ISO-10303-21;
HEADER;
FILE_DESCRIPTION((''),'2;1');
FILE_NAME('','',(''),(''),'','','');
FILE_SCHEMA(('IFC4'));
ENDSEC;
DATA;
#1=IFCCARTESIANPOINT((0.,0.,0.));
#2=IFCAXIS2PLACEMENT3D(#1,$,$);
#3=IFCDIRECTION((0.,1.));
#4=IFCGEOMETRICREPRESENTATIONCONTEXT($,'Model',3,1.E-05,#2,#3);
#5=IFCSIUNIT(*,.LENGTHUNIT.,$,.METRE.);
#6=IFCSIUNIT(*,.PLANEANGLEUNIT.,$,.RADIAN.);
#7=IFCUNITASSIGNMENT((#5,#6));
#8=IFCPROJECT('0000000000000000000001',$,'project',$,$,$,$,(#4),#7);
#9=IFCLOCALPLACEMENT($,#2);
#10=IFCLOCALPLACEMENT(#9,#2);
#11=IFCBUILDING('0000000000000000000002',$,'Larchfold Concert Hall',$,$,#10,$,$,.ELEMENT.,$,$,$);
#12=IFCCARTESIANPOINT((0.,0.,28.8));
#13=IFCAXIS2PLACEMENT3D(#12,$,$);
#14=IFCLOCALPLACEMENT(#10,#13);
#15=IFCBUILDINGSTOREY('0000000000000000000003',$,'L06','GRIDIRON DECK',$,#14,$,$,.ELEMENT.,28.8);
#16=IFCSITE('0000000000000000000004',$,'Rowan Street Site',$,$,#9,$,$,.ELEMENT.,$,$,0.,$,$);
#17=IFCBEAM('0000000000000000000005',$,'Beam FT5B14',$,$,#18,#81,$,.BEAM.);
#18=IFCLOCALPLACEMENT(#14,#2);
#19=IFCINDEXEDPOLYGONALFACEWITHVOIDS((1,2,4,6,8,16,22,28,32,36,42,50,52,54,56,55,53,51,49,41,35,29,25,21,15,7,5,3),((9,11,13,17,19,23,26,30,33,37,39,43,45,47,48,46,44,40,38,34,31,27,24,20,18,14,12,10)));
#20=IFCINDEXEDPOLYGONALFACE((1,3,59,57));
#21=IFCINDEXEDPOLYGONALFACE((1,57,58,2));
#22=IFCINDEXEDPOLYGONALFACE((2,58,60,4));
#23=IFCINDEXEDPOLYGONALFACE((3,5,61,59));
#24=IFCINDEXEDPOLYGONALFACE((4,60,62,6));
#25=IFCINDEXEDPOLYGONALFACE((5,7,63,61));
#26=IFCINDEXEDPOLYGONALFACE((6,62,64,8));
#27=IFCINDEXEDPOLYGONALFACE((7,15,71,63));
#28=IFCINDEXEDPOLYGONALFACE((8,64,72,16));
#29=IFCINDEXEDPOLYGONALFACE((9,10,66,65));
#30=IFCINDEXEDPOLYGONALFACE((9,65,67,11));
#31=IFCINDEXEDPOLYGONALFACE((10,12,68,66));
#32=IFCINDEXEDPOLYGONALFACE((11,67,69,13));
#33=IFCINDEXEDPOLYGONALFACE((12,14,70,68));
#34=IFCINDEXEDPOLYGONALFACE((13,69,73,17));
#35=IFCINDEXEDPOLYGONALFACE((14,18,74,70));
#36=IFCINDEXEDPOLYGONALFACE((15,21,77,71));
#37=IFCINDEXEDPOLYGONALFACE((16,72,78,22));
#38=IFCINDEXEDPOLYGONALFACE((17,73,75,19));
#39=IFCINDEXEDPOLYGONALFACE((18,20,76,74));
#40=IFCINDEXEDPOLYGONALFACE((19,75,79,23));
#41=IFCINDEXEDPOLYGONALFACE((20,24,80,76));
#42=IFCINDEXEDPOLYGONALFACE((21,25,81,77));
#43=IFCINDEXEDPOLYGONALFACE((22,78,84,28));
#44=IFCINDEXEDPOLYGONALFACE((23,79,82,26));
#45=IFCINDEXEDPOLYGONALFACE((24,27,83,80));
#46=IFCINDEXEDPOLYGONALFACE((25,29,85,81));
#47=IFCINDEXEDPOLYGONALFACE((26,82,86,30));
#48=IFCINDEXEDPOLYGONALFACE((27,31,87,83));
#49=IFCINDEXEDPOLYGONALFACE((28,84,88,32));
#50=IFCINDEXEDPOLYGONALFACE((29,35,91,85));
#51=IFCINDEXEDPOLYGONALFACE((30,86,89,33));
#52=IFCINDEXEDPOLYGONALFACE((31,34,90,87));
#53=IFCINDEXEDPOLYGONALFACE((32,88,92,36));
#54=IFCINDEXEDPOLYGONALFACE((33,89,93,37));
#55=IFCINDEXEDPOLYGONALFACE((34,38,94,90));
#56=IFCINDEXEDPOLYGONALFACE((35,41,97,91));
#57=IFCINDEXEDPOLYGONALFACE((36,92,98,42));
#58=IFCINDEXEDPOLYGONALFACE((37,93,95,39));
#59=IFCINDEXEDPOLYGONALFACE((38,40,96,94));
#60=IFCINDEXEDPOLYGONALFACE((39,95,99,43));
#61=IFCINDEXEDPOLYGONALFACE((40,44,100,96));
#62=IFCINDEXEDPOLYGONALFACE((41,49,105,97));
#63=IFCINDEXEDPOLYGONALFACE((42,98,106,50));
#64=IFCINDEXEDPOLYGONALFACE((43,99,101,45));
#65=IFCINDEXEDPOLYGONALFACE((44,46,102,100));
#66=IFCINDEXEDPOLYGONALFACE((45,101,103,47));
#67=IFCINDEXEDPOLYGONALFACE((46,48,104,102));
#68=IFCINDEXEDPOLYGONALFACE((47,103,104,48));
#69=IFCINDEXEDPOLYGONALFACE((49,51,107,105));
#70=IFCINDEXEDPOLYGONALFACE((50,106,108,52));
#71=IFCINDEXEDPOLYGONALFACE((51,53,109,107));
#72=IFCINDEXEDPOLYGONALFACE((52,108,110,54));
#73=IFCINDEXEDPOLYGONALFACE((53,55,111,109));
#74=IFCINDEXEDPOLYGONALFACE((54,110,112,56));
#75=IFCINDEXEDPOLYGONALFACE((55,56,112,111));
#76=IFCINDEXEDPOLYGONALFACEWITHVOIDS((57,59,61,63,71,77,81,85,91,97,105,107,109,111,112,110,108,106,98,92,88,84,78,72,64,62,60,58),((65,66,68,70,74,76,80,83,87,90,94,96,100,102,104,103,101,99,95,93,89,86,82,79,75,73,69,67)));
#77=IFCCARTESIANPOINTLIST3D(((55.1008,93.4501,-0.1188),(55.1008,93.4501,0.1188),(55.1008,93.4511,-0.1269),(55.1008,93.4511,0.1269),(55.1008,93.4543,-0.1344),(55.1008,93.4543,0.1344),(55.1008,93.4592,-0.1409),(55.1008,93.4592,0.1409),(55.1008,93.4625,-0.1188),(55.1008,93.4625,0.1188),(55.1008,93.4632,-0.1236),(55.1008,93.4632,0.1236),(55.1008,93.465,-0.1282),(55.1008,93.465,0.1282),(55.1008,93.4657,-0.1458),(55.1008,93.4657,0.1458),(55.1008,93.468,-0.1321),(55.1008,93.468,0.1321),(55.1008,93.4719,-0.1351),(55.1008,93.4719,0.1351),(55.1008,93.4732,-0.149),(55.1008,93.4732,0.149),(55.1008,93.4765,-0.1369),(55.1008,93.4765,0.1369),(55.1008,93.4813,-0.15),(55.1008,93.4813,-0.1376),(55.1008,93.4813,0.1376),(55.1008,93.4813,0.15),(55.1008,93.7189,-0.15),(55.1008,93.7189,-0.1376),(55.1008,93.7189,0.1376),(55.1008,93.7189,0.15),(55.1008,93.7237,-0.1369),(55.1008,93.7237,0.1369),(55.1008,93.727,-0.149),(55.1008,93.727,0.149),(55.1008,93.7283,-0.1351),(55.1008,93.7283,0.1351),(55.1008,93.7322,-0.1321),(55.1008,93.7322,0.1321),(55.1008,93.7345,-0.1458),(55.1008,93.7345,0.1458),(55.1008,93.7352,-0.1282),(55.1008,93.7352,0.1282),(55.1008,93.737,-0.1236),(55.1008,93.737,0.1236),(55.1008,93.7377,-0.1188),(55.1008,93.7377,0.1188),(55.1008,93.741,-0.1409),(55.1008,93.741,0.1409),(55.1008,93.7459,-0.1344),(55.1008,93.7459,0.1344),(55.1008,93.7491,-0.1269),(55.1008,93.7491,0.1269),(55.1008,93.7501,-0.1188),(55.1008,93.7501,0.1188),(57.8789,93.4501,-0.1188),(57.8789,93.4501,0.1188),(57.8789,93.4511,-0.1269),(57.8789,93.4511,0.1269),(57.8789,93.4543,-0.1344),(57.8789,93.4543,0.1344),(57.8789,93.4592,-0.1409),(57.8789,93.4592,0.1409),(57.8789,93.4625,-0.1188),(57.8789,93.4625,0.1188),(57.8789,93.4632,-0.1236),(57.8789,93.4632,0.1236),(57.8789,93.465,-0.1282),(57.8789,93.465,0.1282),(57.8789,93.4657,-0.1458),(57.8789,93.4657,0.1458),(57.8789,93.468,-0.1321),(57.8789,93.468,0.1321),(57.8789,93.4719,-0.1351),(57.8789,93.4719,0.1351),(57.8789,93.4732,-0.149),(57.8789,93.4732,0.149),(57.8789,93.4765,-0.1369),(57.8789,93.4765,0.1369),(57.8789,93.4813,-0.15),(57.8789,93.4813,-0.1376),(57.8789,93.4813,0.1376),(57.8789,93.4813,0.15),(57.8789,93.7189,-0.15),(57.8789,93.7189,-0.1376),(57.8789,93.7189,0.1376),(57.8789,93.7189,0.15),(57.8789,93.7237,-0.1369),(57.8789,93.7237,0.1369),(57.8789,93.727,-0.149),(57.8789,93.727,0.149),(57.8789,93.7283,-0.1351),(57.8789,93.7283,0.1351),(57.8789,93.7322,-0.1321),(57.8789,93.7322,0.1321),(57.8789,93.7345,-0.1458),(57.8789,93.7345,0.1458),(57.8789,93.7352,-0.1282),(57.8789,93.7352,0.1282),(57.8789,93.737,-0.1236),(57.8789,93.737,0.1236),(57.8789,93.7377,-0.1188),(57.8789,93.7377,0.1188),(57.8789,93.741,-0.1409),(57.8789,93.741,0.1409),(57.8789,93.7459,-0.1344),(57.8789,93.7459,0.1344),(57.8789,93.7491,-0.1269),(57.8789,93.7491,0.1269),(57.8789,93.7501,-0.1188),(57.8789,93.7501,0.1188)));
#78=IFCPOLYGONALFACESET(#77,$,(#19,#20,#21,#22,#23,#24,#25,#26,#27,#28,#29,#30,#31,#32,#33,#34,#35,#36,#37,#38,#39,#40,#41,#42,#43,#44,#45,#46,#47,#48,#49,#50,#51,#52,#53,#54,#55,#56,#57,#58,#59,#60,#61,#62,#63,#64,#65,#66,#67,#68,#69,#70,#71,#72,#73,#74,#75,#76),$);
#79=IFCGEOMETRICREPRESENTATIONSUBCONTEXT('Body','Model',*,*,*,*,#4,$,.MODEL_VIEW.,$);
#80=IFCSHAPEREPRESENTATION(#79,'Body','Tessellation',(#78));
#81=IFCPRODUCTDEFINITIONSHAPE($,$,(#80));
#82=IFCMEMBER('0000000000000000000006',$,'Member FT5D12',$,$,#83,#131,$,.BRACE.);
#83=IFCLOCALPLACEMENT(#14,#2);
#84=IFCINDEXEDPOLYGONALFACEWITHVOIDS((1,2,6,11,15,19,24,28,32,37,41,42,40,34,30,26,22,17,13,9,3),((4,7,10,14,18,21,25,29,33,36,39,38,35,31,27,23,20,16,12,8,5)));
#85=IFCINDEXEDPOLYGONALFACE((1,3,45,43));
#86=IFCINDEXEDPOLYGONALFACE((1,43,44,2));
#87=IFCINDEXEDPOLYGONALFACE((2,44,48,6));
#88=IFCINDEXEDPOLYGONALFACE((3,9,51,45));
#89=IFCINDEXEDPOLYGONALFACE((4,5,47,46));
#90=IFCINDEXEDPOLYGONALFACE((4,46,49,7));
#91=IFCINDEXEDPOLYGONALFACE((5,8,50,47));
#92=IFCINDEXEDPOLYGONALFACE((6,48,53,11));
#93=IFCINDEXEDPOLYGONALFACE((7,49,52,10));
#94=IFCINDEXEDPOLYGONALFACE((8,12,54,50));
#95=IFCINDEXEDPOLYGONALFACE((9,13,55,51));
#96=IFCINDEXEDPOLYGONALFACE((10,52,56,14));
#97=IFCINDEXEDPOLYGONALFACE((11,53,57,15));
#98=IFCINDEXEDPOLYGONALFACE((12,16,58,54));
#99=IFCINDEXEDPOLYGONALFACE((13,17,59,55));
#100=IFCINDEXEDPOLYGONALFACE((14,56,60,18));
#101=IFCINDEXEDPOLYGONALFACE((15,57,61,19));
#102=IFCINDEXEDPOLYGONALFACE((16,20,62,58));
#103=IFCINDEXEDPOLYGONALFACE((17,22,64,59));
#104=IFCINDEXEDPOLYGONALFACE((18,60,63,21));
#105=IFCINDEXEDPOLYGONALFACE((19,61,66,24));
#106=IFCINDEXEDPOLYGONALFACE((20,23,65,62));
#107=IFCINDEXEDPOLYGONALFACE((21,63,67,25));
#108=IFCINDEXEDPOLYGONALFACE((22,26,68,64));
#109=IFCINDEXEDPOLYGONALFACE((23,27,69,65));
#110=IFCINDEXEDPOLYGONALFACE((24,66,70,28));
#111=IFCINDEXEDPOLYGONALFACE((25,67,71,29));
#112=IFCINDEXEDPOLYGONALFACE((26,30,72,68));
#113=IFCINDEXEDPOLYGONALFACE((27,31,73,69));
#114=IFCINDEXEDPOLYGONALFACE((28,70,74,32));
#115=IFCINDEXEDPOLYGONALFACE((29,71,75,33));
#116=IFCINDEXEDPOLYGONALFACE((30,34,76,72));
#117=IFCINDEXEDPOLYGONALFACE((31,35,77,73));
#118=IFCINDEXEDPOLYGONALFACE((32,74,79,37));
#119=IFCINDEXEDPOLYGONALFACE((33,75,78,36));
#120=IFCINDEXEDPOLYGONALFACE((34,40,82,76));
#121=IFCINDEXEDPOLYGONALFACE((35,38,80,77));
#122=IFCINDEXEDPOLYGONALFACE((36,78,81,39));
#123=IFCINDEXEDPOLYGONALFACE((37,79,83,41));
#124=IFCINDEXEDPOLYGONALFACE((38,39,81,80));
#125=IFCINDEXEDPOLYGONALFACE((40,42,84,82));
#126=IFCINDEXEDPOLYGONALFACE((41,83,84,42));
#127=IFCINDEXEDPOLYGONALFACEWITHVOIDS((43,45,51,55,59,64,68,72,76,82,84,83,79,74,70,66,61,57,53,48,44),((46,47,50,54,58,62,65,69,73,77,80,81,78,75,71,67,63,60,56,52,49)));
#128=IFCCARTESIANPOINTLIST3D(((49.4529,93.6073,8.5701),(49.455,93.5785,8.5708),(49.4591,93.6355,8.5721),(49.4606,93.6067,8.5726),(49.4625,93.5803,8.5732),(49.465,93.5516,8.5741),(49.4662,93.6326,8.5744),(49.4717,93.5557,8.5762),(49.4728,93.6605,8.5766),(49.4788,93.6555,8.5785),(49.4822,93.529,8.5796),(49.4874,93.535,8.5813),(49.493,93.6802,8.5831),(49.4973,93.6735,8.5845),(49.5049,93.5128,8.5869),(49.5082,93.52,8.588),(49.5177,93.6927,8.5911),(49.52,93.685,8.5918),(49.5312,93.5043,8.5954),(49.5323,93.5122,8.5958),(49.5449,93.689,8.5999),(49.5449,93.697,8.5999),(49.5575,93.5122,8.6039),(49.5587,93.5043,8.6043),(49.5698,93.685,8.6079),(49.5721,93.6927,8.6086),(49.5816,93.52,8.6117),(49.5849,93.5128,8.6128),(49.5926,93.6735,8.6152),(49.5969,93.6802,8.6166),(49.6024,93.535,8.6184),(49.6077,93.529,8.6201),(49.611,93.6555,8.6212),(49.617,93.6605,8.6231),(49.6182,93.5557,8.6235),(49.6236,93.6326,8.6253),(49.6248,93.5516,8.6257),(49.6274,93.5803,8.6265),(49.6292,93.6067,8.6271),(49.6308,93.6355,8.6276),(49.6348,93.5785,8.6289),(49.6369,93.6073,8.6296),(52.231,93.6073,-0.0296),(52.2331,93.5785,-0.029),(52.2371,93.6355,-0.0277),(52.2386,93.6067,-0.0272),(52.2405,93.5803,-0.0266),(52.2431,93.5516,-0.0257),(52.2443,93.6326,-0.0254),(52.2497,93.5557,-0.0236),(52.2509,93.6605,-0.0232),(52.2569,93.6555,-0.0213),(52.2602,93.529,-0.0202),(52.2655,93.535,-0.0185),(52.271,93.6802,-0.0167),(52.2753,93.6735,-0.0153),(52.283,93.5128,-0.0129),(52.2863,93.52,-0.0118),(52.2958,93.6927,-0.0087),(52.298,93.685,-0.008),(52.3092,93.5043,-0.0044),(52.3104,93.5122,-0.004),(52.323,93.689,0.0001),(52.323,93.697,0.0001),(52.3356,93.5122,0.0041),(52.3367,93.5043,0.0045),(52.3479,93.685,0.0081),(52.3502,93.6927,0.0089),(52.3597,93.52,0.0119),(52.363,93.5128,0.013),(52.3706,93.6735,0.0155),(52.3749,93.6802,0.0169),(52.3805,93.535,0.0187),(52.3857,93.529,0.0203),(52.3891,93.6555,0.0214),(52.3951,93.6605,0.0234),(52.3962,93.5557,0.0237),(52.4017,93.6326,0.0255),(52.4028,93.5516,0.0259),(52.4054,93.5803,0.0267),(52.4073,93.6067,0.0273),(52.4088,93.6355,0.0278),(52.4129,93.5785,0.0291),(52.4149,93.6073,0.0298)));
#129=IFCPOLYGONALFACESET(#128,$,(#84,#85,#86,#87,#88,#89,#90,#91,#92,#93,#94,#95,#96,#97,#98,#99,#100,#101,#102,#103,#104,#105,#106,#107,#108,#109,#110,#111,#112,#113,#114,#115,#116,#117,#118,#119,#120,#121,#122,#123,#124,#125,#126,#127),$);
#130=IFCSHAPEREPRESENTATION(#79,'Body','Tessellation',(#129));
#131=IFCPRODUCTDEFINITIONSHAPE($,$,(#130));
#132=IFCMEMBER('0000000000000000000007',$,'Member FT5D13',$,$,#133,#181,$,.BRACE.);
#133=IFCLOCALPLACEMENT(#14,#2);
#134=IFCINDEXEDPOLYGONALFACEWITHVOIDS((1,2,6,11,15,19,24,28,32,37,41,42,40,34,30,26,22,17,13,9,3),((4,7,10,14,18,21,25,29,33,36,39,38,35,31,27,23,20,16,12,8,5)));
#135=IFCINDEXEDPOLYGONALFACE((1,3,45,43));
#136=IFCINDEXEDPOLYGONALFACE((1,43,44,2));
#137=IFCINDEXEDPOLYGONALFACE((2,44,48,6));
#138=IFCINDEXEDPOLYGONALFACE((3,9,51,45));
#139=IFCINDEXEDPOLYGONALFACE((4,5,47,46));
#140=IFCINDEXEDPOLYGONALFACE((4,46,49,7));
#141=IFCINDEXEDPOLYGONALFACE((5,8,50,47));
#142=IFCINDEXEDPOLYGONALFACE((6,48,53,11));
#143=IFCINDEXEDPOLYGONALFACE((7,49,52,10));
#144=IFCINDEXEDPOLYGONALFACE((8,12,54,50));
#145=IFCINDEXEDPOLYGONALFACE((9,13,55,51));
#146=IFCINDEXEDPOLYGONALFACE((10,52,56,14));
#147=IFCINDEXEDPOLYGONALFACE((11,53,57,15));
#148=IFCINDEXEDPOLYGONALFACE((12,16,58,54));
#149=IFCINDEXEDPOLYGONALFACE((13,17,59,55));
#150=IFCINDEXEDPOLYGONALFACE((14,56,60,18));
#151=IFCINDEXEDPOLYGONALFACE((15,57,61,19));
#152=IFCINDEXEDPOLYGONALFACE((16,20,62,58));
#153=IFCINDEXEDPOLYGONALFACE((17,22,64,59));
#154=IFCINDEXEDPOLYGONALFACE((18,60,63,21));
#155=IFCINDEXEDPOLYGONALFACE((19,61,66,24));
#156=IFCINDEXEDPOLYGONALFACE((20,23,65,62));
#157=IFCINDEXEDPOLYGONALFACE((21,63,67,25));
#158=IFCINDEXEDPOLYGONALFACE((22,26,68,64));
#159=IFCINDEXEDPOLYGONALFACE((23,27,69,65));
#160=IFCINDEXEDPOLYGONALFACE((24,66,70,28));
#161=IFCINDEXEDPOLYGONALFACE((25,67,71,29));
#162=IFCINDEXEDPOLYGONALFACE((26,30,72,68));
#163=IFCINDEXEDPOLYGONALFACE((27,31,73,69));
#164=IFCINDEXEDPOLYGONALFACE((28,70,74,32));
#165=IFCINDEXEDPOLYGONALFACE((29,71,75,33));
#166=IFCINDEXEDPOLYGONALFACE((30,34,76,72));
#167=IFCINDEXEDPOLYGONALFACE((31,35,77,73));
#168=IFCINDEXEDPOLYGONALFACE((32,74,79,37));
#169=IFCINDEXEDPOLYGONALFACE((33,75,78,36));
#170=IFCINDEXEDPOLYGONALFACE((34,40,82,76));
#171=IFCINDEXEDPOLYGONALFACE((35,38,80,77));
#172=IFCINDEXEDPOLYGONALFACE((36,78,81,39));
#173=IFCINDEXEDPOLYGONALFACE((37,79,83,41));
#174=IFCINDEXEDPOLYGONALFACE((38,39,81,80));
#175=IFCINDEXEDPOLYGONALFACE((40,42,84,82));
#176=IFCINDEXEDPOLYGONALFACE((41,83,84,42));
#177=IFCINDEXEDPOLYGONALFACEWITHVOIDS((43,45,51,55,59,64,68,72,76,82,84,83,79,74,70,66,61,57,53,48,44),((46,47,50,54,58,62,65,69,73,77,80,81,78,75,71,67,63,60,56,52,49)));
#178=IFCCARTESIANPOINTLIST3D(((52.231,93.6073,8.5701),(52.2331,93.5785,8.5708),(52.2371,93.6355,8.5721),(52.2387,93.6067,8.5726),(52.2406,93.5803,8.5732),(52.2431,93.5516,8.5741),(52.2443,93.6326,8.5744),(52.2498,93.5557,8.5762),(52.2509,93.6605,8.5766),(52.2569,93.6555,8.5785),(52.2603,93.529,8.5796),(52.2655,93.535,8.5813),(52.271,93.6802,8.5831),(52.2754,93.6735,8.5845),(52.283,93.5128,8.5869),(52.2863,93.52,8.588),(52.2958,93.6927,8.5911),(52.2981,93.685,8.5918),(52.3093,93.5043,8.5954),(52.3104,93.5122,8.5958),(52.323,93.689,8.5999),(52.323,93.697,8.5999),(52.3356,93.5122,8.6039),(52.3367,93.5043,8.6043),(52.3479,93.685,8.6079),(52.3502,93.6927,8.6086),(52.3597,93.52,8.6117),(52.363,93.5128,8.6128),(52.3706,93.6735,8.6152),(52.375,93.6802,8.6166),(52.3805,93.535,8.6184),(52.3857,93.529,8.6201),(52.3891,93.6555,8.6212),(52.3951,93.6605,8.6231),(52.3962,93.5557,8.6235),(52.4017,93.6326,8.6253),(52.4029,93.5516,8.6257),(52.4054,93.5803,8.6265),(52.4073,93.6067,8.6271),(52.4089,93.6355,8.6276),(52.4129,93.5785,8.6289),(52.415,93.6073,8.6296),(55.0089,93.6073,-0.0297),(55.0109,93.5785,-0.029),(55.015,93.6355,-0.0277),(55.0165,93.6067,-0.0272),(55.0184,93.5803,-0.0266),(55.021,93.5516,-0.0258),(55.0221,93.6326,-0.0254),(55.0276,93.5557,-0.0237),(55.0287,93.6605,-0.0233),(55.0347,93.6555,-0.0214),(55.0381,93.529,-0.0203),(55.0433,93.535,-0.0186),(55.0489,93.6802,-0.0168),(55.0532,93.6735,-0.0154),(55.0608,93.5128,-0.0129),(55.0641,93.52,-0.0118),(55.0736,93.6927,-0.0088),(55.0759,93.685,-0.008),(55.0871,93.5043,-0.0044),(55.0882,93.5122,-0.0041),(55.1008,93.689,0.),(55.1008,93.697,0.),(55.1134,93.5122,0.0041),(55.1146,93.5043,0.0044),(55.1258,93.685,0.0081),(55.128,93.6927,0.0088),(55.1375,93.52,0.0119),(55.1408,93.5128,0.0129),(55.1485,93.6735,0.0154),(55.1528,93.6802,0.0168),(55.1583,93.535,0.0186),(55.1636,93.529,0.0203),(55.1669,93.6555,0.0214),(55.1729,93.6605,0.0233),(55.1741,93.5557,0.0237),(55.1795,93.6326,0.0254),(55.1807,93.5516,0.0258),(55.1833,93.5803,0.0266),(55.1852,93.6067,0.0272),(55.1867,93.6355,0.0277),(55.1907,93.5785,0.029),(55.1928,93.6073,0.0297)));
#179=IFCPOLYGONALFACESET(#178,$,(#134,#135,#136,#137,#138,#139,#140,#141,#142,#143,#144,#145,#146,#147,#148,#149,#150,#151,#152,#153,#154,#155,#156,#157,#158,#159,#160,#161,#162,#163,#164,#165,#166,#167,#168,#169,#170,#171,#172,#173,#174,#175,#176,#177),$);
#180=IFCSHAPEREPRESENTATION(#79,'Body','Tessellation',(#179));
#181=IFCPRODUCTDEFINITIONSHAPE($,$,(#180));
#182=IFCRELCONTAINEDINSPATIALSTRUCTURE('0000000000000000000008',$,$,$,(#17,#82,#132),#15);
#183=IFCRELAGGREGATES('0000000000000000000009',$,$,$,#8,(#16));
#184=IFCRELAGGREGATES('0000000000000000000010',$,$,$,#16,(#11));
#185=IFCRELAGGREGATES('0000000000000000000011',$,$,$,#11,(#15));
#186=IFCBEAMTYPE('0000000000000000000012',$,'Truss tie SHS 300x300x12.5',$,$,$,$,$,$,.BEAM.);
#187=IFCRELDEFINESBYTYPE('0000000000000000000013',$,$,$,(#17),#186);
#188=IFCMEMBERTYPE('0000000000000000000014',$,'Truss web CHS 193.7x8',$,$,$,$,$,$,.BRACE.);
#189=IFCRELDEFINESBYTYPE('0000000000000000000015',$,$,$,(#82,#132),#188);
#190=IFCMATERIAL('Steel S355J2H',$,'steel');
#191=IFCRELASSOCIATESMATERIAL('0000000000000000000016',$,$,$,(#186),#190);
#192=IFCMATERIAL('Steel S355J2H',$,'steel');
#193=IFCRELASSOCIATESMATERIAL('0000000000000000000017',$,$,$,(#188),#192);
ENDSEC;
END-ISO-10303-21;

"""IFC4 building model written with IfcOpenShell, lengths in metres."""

from ifc_helpers import new_model, si_unit, direction, frame, origin, origin_2d, place, context, subcontext, project, spatial, hollow_rectangle, hollow_circle, extrude, material, material_profile, profile_set, type_object, element, save


model = new_model("IFC4")

# Units and contexts
model_context = context("Model", 3, precision=1e-05, world=origin(), true_north=direction((0.0, 1.0)))
body_context = subcontext(model_context, "Body", "Model", "MODEL_VIEW")
ifc_project = project(units=[si_unit("LENGTHUNIT", "METRE"), si_unit("PLANEANGLEUNIT", "RADIAN")], contexts=[model_context])

# Site, building, storey
site_placement = place(None, origin())
site = spatial("IfcSite", under=ifc_project, at=site_placement, Name="Rowan Street Site", CompositionType="ELEMENT", RefElevation=0.0)
building_placement = place(site_placement, origin())
building = spatial("IfcBuilding", under=site, at=building_placement, Name="Larchfold Concert Hall", CompositionType="ELEMENT")
storey_placement = place(building_placement, frame((0.0, 0.0, 28.8)))
storey = spatial("IfcBuildingStorey", under=building, at=storey_placement, Name="L06", Description="GRIDIRON DECK", CompositionType="ELEMENT", Elevation=28.8)

# Beam
ifc_material_1 = material(Name="Steel S355J2H", Category="steel")
ifc_material_profile_1 = material_profile(ifc_material_1, hollow_rectangle(XDim=0.3, YDim=0.3, WallThickness=0.0125, InnerFilletRadius=0.0188, OuterFilletRadius=0.0312, at=origin_2d()))
ifc_profile_set_1 = profile_set([ifc_material_profile_1], Name="Steel S355J2H")
beam_type_1 = type_object("IfcBeamType", Name="Truss tie SHS 300x300x12.5", PredefinedType="BEAM", material=ifc_profile_set_1)
beam_1_placement = place(storey_placement, frame((55.1008, 93.6001, 0.0), z_axis=(1.0, 0.0, 0.0), x_axis=(0.0, 1.0, 0.0)))
element("IfcBeam", 1, at=beam_1_placement, inside=storey, type_object=beam_type_1, Name="Beam FT5B14", PredefinedType="BEAM", context=body_context, shape_type="SweptSolid", body=[
    extrude(hollow_rectangle(XDim=0.3, YDim=0.3, WallThickness=0.0125, InnerFilletRadius=0.0188, OuterFilletRadius=0.0312, at=origin_2d()), origin(), (0.0, 0.0, 1.0), 2.7781),
])

# Members
ifc_material_2 = material(Name="Steel S355J2H", Category="steel")
ifc_material_profile_2 = material_profile(ifc_material_2, hollow_circle(Radius=0.0969, WallThickness=0.0081, at=origin_2d()))
ifc_profile_set_2 = profile_set([ifc_material_profile_2], Name="Steel S355J2H")
member_type_1 = type_object("IfcMemberType", Name="Truss web CHS 193.7x8", PredefinedType="BRACE", material=ifc_profile_set_2)
for number, where, z_axis, x_axis, name in (
    (2, (49.5449, 93.6001, 8.5999), (0.307397, 0.0, -0.951581), (0.0, 1.0, 0.0), "Member FT5D12"),
    (3, (52.323, 93.6001, 8.5999), (0.307372, 0.0, -0.951589), (0.0, 1.0, 0.0), "Member FT5D13"),
):
    element("IfcMember", number, at=place(storey_placement, frame(where, z_axis=z_axis, x_axis=x_axis)), inside=storey, type_object=member_type_1, Name=name, PredefinedType="BRACE", context=body_context, shape_type="SweptSolid", body=[
        extrude(hollow_circle(Radius=0.0969, WallThickness=0.0081, at=origin_2d()), origin(), (0.0, 0.0, 1.0), 9.0374),
    ])

save(model, "model.ifc")
